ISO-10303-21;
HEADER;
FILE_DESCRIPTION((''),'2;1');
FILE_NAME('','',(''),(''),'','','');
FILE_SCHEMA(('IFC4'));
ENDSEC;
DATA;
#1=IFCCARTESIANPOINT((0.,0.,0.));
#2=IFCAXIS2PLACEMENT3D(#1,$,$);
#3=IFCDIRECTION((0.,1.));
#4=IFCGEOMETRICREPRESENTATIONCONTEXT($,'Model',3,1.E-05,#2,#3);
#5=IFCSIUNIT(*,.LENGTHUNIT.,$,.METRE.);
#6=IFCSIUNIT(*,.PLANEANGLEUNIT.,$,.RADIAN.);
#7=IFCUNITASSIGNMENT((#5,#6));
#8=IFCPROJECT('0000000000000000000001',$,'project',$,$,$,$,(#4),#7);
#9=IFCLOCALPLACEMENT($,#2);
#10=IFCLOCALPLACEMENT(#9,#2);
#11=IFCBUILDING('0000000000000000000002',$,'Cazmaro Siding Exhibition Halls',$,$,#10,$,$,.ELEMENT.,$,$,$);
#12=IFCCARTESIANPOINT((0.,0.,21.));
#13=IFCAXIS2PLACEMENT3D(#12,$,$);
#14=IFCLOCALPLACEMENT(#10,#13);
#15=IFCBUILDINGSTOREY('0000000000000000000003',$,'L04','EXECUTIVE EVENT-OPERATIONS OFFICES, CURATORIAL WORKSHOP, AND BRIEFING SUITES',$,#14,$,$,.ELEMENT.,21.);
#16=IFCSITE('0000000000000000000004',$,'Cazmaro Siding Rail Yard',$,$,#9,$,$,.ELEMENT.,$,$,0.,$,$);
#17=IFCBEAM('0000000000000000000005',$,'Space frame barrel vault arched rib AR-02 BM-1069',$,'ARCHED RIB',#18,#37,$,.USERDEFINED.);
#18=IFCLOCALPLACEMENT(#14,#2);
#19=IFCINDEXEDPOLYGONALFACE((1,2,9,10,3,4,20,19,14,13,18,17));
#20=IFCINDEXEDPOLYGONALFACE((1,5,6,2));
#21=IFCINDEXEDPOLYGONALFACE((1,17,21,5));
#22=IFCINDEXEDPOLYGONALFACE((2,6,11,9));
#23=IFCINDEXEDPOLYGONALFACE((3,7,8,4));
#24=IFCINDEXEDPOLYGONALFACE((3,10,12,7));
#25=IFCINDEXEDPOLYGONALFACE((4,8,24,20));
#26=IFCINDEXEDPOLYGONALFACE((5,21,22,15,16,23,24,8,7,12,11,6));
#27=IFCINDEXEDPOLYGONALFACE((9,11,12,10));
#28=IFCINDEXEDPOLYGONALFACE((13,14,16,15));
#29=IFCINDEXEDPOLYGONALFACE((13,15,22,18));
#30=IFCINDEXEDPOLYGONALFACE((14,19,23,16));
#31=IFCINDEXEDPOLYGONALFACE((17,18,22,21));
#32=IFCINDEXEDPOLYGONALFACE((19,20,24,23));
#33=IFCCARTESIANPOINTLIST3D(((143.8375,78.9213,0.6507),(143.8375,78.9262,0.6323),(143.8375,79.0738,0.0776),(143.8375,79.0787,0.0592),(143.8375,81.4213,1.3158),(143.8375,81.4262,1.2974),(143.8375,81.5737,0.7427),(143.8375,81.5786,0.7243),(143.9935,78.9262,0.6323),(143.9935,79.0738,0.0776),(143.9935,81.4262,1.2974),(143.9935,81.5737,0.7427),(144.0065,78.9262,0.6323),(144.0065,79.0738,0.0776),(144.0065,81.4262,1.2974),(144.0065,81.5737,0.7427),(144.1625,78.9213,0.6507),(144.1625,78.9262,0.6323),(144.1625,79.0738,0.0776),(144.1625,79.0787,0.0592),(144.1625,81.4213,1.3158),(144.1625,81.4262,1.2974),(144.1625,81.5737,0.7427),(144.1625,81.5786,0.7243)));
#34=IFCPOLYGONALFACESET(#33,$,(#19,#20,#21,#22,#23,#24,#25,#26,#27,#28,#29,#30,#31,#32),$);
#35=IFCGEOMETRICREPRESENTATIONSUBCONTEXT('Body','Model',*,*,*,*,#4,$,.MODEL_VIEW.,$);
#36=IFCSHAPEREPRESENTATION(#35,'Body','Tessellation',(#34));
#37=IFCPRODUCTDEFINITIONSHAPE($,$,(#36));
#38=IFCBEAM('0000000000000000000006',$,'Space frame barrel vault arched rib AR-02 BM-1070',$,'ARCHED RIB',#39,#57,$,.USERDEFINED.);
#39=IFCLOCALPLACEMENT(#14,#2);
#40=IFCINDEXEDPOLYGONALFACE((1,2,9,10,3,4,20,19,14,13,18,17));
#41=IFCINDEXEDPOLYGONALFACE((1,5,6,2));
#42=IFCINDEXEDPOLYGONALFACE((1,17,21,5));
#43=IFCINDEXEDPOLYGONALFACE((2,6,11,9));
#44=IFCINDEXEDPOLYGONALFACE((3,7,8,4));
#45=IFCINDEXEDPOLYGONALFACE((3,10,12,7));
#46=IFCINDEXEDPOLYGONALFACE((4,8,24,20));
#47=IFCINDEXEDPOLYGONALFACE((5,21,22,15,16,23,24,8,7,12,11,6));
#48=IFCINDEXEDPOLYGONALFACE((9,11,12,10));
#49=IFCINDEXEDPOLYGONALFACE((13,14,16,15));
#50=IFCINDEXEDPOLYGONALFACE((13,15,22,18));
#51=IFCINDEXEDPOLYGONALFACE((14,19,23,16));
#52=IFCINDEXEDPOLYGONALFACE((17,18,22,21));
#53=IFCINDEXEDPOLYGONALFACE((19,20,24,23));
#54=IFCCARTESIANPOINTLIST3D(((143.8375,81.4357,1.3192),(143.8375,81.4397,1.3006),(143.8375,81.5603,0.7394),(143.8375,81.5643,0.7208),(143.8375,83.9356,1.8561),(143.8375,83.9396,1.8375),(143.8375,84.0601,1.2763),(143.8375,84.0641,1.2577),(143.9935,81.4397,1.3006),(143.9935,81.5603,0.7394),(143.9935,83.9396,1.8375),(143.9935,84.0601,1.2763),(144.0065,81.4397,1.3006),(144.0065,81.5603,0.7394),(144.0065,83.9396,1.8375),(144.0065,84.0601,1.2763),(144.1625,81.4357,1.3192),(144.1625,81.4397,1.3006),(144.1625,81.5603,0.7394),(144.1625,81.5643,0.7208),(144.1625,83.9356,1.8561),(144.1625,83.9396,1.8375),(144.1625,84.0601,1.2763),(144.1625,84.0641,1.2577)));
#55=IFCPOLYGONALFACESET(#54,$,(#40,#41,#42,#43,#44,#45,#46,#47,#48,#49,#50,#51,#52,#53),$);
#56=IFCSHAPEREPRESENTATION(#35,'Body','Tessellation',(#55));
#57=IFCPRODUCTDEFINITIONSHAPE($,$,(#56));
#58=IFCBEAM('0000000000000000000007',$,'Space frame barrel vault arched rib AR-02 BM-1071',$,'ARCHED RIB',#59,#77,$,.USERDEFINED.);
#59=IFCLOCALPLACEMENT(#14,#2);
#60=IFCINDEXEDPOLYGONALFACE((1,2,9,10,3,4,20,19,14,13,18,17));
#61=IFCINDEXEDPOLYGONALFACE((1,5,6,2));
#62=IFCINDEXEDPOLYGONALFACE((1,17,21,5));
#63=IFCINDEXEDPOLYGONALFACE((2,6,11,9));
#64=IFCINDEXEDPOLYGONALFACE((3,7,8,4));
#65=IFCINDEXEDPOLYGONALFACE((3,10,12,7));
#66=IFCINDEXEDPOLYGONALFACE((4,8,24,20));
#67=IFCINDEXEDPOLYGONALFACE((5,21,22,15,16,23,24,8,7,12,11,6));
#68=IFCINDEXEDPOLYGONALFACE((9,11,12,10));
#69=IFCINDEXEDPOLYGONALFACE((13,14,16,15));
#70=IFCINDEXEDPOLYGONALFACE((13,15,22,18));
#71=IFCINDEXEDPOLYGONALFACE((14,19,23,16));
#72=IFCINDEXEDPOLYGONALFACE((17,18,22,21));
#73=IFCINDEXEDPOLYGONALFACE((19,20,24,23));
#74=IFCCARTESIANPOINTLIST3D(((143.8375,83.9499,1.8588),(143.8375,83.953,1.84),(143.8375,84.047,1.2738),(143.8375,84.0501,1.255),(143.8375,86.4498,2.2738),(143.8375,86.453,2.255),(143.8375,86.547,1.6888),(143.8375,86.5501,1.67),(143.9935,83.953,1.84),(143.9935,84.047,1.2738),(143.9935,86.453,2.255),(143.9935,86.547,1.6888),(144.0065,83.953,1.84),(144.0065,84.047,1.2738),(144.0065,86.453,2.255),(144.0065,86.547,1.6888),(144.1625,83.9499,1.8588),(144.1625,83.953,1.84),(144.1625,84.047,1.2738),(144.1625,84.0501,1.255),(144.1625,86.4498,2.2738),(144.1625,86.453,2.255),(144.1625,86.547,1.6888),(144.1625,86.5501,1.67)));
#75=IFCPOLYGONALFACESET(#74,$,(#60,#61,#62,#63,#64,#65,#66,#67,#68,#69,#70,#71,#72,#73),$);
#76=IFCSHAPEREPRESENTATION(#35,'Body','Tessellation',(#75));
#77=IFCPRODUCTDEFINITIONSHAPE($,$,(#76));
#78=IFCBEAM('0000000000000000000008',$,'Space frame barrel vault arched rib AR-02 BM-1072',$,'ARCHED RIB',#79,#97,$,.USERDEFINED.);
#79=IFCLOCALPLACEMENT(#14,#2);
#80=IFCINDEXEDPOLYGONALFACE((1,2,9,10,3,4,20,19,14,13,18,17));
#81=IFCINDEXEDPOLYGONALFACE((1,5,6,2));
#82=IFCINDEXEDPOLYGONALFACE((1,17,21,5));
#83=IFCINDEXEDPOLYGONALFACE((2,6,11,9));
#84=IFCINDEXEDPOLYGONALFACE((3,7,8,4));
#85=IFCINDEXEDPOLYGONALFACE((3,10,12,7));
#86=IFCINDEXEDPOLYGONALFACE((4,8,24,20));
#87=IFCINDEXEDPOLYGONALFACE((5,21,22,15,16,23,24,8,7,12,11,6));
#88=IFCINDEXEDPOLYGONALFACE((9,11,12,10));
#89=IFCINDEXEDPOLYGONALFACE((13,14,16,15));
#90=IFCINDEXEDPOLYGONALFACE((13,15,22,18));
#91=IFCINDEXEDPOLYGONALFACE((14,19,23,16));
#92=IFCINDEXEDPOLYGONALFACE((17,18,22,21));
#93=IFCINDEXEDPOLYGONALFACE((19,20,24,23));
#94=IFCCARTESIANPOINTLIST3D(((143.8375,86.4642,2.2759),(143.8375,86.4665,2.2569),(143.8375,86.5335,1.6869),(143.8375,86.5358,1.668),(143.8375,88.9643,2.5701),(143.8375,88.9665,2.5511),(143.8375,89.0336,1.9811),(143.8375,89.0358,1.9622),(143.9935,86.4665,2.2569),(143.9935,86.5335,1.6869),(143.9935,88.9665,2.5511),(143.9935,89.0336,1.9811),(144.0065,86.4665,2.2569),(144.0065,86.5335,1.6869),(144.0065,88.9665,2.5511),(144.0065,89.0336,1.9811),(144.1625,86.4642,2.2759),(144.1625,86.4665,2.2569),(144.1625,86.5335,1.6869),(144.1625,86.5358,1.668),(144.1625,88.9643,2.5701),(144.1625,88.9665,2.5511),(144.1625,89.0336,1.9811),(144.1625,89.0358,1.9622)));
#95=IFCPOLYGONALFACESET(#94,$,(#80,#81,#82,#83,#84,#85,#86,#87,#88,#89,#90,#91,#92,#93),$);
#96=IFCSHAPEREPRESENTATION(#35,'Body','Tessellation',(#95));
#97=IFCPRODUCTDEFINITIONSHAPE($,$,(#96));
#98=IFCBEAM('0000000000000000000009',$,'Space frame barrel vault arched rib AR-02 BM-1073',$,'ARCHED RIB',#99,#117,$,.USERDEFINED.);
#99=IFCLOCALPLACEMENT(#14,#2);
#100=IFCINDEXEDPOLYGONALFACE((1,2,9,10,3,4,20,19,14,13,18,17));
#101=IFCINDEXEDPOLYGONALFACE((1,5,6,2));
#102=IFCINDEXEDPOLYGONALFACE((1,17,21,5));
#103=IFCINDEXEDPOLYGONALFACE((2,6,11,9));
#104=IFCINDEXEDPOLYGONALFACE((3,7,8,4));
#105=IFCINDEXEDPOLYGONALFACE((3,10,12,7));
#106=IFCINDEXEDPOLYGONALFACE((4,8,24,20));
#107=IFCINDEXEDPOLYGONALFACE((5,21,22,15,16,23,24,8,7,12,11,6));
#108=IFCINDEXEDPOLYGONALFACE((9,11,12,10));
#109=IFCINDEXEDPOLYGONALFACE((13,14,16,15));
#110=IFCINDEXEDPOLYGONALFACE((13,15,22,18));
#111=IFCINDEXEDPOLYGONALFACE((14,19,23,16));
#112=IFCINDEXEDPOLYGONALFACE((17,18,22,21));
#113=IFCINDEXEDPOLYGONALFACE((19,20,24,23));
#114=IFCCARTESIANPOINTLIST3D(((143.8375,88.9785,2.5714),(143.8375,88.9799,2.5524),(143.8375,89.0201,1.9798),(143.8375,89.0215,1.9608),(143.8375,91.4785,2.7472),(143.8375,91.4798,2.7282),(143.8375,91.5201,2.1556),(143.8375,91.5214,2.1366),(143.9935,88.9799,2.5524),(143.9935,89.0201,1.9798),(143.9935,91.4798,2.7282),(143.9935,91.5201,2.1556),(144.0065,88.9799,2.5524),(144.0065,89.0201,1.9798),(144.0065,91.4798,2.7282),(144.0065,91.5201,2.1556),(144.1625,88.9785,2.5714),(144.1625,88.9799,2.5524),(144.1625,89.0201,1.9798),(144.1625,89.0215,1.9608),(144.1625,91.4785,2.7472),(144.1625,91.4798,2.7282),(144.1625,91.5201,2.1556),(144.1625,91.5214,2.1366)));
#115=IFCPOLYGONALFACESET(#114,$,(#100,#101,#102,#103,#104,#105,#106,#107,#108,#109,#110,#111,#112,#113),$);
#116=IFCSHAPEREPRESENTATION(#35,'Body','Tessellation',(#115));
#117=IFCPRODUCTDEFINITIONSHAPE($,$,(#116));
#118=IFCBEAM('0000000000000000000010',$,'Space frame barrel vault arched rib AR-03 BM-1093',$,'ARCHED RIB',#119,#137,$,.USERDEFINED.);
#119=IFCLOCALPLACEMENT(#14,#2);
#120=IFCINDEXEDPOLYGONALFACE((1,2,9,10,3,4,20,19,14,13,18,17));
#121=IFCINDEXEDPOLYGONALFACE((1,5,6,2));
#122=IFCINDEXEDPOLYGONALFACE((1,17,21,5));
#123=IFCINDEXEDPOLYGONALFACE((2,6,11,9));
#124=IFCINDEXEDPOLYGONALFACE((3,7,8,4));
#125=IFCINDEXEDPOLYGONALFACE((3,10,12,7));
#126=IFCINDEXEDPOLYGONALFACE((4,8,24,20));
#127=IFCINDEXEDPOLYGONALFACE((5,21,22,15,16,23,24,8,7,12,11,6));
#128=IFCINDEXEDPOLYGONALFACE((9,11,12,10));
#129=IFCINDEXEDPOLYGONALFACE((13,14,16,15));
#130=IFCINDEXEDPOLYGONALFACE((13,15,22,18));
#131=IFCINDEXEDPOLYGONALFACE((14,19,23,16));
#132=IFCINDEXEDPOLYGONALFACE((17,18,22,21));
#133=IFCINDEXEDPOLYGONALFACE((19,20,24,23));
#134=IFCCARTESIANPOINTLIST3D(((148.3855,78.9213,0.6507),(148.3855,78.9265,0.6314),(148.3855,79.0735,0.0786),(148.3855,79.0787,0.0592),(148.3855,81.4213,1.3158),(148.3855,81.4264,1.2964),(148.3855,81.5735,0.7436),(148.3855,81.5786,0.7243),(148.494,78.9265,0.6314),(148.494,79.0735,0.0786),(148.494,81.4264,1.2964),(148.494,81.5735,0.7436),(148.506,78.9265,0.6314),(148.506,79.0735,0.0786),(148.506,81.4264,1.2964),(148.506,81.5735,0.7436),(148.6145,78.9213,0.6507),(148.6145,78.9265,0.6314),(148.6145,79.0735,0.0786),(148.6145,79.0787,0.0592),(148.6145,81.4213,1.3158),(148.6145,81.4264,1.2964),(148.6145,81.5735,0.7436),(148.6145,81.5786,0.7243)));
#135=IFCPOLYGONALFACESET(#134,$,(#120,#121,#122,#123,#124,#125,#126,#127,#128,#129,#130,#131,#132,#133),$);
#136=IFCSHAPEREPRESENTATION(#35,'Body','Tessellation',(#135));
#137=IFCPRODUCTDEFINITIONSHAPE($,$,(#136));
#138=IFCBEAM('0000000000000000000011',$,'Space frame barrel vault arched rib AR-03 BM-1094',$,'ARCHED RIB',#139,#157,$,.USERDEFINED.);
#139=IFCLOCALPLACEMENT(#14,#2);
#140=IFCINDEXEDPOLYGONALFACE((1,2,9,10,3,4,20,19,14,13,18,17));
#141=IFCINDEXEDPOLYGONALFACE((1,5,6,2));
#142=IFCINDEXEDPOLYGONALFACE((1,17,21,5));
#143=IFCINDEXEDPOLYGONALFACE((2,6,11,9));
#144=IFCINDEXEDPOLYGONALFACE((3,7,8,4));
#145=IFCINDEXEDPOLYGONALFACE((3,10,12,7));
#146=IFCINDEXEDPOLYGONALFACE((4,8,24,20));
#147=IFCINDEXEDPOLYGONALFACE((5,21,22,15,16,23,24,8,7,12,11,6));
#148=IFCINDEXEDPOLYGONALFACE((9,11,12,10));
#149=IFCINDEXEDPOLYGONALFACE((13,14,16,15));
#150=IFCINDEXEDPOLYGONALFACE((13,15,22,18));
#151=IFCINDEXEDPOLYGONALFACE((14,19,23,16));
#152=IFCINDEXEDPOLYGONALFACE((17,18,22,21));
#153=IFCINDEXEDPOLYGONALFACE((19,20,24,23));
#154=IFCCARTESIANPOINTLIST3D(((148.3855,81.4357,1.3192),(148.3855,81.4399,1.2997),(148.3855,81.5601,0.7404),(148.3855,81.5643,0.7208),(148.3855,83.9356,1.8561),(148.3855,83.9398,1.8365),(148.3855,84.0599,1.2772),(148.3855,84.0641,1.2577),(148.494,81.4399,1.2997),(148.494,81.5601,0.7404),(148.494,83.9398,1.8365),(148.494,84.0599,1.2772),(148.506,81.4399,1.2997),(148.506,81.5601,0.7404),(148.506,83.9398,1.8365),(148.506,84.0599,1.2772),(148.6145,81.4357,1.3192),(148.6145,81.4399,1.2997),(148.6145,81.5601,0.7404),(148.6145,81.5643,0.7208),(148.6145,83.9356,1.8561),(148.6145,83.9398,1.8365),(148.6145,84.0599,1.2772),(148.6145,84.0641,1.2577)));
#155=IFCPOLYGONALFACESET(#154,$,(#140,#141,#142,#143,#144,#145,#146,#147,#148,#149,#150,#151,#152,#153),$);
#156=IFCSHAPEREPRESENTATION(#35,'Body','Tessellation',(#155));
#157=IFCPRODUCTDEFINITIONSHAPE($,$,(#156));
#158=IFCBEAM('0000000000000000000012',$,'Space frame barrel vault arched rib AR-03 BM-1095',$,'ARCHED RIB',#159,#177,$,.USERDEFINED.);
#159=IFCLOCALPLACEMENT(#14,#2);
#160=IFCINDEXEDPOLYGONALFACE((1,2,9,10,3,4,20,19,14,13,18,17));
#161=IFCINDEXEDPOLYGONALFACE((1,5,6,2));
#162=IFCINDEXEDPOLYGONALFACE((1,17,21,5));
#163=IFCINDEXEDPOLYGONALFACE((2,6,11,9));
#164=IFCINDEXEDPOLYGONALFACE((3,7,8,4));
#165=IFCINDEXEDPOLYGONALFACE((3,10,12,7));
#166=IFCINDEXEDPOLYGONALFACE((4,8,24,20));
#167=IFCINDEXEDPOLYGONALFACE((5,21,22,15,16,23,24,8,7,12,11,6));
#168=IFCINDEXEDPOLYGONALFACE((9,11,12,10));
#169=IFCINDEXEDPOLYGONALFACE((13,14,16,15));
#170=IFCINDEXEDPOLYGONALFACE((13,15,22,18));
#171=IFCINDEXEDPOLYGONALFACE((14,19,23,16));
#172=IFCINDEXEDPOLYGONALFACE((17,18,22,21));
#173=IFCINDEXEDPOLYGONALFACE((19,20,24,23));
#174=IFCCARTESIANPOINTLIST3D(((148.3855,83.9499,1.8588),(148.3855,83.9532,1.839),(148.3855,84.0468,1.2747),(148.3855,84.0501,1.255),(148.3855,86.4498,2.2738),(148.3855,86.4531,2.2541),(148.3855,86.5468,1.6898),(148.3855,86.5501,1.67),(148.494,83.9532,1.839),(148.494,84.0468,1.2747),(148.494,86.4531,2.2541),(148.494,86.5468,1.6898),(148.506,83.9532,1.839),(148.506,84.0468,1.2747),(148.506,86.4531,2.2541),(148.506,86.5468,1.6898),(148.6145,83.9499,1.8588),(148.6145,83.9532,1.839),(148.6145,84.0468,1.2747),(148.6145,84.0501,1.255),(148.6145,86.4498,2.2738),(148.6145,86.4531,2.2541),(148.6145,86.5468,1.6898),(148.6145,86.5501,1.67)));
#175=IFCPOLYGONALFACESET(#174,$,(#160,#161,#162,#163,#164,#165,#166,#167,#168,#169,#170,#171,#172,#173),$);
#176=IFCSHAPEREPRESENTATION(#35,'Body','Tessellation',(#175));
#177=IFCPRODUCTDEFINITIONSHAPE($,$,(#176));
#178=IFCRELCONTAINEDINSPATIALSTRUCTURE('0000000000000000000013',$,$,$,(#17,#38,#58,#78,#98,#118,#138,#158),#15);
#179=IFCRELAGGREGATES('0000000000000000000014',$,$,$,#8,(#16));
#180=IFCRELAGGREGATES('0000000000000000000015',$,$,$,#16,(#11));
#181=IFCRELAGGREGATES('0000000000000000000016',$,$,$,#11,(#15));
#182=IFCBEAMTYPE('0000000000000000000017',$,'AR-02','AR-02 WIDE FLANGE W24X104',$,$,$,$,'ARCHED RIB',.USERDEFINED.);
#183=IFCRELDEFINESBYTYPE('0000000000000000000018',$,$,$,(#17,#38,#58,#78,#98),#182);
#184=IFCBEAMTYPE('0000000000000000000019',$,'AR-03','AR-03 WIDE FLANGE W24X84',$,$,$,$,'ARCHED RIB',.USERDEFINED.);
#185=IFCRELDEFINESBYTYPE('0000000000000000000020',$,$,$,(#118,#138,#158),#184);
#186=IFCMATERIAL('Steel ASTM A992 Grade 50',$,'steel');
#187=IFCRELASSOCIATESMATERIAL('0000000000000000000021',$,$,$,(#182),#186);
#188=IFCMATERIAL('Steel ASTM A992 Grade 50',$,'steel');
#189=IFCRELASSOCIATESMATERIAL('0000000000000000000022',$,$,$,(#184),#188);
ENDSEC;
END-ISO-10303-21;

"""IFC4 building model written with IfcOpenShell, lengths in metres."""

from ifc_helpers import new_model, si_unit, direction, frame, origin, origin_2d, place, context, subcontext, project, spatial, i_section, extrude, material, material_profile, profile_set, type_object, element, save


model = new_model("IFC4")

# Units and contexts
model_context = context("Model", 3, precision=1e-05, world=origin(), true_north=direction((0.0, 1.0)))
body_context = subcontext(model_context, "Body", "Model", "MODEL_VIEW")
ifc_project = project(units=[si_unit("LENGTHUNIT", "METRE"), si_unit("PLANEANGLEUNIT", "RADIAN")], contexts=[model_context])

# Site, building, storey
site_placement = place(None, origin())
site = spatial("IfcSite", under=ifc_project, at=site_placement, Name="Cazmaro Siding Rail Yard", CompositionType="ELEMENT", RefElevation=0.0)
building_placement = place(site_placement, origin())
building = spatial("IfcBuilding", under=site, at=building_placement, Name="Cazmaro Siding Exhibition Halls", CompositionType="ELEMENT")
storey_placement = place(building_placement, frame((0.0, 0.0, 21.0)))
storey = spatial("IfcBuildingStorey", under=building, at=storey_placement, Name="L04", Description="EXECUTIVE EVENT-OPERATIONS OFFICES, CURATORIAL WORKSHOP, AND BRIEFING SUITES", CompositionType="ELEMENT", Elevation=21.0)

# Beams
ifc_material_1 = material(Name="Steel ASTM A992 Grade 50", Category="steel")
ifc_material_profile_1 = material_profile(ifc_material_1, i_section(OverallWidth=0.325, OverallDepth=0.6121, WebThickness=0.0129, FlangeThickness=0.019, at=origin_2d()), Name="W24X104")
ifc_profile_set_1 = profile_set([ifc_material_profile_1], Name="Steel ASTM A992 Grade 50")
beam_type_1 = type_object("IfcBeamType", Name="AR-02", Description="AR-02 WIDE FLANGE W24X104", ElementType="ARCHED RIB", PredefinedType="USERDEFINED", material=ifc_profile_set_1)
beam_1_placement = place(storey_placement, frame((144.0, 79.0, 0.355), z_axis=(0.0, 0.966391, 0.257075), x_axis=(-1.0, 0.0, 0.0)))
element("IfcBeam", 1, at=beam_1_placement, inside=storey, type_object=beam_type_1, Name="Space frame barrel vault arched rib AR-02 BM-1069", ObjectType="ARCHED RIB", PredefinedType="USERDEFINED", context=body_context, shape_type="SweptSolid", body=[
    extrude(i_section(OverallWidth=0.325, OverallDepth=0.6121, WebThickness=0.0129, FlangeThickness=0.019, at=origin_2d()), origin(), (0.0, 0.0, 1.0), 2.5869),
])
beam_2_placement = place(storey_placement, frame((144.0, 81.5, 1.02), z_axis=(0.0, 0.97771, 0.209959), x_axis=(-1.0, 0.0, 0.0)))
element("IfcBeam", 2, at=beam_2_placement, inside=storey, type_object=beam_type_1, Name="Space frame barrel vault arched rib AR-02 BM-1070", ObjectType="ARCHED RIB", PredefinedType="USERDEFINED", context=body_context, shape_type="SweptSolid", body=[
    extrude(i_section(OverallWidth=0.325, OverallDepth=0.6121, WebThickness=0.0129, FlangeThickness=0.019, at=origin_2d()), origin(), (0.0, 0.0, 1.0), 2.5569),
])
beam_3_placement = place(storey_placement, frame((144.0, 84.0, 1.5569), z_axis=(0.0, 0.986498, 0.163774), x_axis=(-1.0, 0.0, 0.0)))
element("IfcBeam", 3, at=beam_3_placement, inside=storey, type_object=beam_type_1, Name="Space frame barrel vault arched rib AR-02 BM-1071", ObjectType="ARCHED RIB", PredefinedType="USERDEFINED", context=body_context, shape_type="SweptSolid", body=[
    extrude(i_section(OverallWidth=0.325, OverallDepth=0.6121, WebThickness=0.0129, FlangeThickness=0.019, at=origin_2d()), origin(), (0.0, 0.0, 1.0), 2.5342),
])
beam_4_placement = place(storey_placement, frame((144.0, 86.5, 1.9719), z_axis=(0.0, 0.993147, 0.116869), x_axis=(-1.0, 0.0, 0.0)))
element("IfcBeam", 4, at=beam_4_placement, inside=storey, type_object=beam_type_1, Name="Space frame barrel vault arched rib AR-02 BM-1072", ObjectType="ARCHED RIB", PredefinedType="USERDEFINED", context=body_context, shape_type="SweptSolid", body=[
    extrude(i_section(OverallWidth=0.325, OverallDepth=0.6121, WebThickness=0.0129, FlangeThickness=0.019, at=origin_2d()), origin(), (0.0, 0.0, 1.0), 2.5173),
])
beam_5_placement = place(storey_placement, frame((144.0, 89.0, 2.2661), z_axis=(0.0, 0.997537, 0.070139), x_axis=(-1.0, 0.0, 0.0)))
element("IfcBeam", 5, at=beam_5_placement, inside=storey, type_object=beam_type_1, Name="Space frame barrel vault arched rib AR-02 BM-1073", ObjectType="ARCHED RIB", PredefinedType="USERDEFINED", context=body_context, shape_type="SweptSolid", body=[
    extrude(i_section(OverallWidth=0.325, OverallDepth=0.6121, WebThickness=0.0129, FlangeThickness=0.019, at=origin_2d()), origin(), (0.0, 0.0, 1.0), 2.5061),
])
ifc_material_2 = material(Name="Steel ASTM A992 Grade 50", Category="steel")
ifc_material_profile_2 = material_profile(ifc_material_2, i_section(OverallWidth=0.229, OverallDepth=0.6121, WebThickness=0.012, FlangeThickness=0.02, at=origin_2d()), Name="W24X84")
ifc_profile_set_2 = profile_set([ifc_material_profile_2], Name="Steel ASTM A992 Grade 50")
beam_type_2 = type_object("IfcBeamType", Name="AR-03", Description="AR-03 WIDE FLANGE W24X84", ElementType="ARCHED RIB", PredefinedType="USERDEFINED", material=ifc_profile_set_2)
beam_6_placement = place(storey_placement, frame((148.5, 79.0, 0.355), z_axis=(0.0, 0.966391, 0.257075), x_axis=(-1.0, 0.0, 0.0)))
element("IfcBeam", 6, at=beam_6_placement, inside=storey, type_object=beam_type_2, Name="Space frame barrel vault arched rib AR-03 BM-1093", ObjectType="ARCHED RIB", PredefinedType="USERDEFINED", context=body_context, shape_type="SweptSolid", body=[
    extrude(i_section(OverallWidth=0.229, OverallDepth=0.6121, WebThickness=0.012, FlangeThickness=0.02, at=origin_2d()), origin(), (0.0, 0.0, 1.0), 2.5869),
])
beam_7_placement = place(storey_placement, frame((148.5, 81.5, 1.02), z_axis=(0.0, 0.97771, 0.209959), x_axis=(-1.0, 0.0, 0.0)))
element("IfcBeam", 7, at=beam_7_placement, inside=storey, type_object=beam_type_2, Name="Space frame barrel vault arched rib AR-03 BM-1094", ObjectType="ARCHED RIB", PredefinedType="USERDEFINED", context=body_context, shape_type="SweptSolid", body=[
    extrude(i_section(OverallWidth=0.229, OverallDepth=0.6121, WebThickness=0.012, FlangeThickness=0.02, at=origin_2d()), origin(), (0.0, 0.0, 1.0), 2.5569),
])
beam_8_placement = place(storey_placement, frame((148.5, 84.0, 1.5569), z_axis=(0.0, 0.986498, 0.163774), x_axis=(-1.0, 0.0, 0.0)))
element("IfcBeam", 8, at=beam_8_placement, inside=storey, type_object=beam_type_2, Name="Space frame barrel vault arched rib AR-03 BM-1095", ObjectType="ARCHED RIB", PredefinedType="USERDEFINED", context=body_context, shape_type="SweptSolid", body=[
    extrude(i_section(OverallWidth=0.229, OverallDepth=0.6121, WebThickness=0.012, FlangeThickness=0.02, at=origin_2d()), origin(), (0.0, 0.0, 1.0), 2.5342),
])

save(model, "model.ifc")
